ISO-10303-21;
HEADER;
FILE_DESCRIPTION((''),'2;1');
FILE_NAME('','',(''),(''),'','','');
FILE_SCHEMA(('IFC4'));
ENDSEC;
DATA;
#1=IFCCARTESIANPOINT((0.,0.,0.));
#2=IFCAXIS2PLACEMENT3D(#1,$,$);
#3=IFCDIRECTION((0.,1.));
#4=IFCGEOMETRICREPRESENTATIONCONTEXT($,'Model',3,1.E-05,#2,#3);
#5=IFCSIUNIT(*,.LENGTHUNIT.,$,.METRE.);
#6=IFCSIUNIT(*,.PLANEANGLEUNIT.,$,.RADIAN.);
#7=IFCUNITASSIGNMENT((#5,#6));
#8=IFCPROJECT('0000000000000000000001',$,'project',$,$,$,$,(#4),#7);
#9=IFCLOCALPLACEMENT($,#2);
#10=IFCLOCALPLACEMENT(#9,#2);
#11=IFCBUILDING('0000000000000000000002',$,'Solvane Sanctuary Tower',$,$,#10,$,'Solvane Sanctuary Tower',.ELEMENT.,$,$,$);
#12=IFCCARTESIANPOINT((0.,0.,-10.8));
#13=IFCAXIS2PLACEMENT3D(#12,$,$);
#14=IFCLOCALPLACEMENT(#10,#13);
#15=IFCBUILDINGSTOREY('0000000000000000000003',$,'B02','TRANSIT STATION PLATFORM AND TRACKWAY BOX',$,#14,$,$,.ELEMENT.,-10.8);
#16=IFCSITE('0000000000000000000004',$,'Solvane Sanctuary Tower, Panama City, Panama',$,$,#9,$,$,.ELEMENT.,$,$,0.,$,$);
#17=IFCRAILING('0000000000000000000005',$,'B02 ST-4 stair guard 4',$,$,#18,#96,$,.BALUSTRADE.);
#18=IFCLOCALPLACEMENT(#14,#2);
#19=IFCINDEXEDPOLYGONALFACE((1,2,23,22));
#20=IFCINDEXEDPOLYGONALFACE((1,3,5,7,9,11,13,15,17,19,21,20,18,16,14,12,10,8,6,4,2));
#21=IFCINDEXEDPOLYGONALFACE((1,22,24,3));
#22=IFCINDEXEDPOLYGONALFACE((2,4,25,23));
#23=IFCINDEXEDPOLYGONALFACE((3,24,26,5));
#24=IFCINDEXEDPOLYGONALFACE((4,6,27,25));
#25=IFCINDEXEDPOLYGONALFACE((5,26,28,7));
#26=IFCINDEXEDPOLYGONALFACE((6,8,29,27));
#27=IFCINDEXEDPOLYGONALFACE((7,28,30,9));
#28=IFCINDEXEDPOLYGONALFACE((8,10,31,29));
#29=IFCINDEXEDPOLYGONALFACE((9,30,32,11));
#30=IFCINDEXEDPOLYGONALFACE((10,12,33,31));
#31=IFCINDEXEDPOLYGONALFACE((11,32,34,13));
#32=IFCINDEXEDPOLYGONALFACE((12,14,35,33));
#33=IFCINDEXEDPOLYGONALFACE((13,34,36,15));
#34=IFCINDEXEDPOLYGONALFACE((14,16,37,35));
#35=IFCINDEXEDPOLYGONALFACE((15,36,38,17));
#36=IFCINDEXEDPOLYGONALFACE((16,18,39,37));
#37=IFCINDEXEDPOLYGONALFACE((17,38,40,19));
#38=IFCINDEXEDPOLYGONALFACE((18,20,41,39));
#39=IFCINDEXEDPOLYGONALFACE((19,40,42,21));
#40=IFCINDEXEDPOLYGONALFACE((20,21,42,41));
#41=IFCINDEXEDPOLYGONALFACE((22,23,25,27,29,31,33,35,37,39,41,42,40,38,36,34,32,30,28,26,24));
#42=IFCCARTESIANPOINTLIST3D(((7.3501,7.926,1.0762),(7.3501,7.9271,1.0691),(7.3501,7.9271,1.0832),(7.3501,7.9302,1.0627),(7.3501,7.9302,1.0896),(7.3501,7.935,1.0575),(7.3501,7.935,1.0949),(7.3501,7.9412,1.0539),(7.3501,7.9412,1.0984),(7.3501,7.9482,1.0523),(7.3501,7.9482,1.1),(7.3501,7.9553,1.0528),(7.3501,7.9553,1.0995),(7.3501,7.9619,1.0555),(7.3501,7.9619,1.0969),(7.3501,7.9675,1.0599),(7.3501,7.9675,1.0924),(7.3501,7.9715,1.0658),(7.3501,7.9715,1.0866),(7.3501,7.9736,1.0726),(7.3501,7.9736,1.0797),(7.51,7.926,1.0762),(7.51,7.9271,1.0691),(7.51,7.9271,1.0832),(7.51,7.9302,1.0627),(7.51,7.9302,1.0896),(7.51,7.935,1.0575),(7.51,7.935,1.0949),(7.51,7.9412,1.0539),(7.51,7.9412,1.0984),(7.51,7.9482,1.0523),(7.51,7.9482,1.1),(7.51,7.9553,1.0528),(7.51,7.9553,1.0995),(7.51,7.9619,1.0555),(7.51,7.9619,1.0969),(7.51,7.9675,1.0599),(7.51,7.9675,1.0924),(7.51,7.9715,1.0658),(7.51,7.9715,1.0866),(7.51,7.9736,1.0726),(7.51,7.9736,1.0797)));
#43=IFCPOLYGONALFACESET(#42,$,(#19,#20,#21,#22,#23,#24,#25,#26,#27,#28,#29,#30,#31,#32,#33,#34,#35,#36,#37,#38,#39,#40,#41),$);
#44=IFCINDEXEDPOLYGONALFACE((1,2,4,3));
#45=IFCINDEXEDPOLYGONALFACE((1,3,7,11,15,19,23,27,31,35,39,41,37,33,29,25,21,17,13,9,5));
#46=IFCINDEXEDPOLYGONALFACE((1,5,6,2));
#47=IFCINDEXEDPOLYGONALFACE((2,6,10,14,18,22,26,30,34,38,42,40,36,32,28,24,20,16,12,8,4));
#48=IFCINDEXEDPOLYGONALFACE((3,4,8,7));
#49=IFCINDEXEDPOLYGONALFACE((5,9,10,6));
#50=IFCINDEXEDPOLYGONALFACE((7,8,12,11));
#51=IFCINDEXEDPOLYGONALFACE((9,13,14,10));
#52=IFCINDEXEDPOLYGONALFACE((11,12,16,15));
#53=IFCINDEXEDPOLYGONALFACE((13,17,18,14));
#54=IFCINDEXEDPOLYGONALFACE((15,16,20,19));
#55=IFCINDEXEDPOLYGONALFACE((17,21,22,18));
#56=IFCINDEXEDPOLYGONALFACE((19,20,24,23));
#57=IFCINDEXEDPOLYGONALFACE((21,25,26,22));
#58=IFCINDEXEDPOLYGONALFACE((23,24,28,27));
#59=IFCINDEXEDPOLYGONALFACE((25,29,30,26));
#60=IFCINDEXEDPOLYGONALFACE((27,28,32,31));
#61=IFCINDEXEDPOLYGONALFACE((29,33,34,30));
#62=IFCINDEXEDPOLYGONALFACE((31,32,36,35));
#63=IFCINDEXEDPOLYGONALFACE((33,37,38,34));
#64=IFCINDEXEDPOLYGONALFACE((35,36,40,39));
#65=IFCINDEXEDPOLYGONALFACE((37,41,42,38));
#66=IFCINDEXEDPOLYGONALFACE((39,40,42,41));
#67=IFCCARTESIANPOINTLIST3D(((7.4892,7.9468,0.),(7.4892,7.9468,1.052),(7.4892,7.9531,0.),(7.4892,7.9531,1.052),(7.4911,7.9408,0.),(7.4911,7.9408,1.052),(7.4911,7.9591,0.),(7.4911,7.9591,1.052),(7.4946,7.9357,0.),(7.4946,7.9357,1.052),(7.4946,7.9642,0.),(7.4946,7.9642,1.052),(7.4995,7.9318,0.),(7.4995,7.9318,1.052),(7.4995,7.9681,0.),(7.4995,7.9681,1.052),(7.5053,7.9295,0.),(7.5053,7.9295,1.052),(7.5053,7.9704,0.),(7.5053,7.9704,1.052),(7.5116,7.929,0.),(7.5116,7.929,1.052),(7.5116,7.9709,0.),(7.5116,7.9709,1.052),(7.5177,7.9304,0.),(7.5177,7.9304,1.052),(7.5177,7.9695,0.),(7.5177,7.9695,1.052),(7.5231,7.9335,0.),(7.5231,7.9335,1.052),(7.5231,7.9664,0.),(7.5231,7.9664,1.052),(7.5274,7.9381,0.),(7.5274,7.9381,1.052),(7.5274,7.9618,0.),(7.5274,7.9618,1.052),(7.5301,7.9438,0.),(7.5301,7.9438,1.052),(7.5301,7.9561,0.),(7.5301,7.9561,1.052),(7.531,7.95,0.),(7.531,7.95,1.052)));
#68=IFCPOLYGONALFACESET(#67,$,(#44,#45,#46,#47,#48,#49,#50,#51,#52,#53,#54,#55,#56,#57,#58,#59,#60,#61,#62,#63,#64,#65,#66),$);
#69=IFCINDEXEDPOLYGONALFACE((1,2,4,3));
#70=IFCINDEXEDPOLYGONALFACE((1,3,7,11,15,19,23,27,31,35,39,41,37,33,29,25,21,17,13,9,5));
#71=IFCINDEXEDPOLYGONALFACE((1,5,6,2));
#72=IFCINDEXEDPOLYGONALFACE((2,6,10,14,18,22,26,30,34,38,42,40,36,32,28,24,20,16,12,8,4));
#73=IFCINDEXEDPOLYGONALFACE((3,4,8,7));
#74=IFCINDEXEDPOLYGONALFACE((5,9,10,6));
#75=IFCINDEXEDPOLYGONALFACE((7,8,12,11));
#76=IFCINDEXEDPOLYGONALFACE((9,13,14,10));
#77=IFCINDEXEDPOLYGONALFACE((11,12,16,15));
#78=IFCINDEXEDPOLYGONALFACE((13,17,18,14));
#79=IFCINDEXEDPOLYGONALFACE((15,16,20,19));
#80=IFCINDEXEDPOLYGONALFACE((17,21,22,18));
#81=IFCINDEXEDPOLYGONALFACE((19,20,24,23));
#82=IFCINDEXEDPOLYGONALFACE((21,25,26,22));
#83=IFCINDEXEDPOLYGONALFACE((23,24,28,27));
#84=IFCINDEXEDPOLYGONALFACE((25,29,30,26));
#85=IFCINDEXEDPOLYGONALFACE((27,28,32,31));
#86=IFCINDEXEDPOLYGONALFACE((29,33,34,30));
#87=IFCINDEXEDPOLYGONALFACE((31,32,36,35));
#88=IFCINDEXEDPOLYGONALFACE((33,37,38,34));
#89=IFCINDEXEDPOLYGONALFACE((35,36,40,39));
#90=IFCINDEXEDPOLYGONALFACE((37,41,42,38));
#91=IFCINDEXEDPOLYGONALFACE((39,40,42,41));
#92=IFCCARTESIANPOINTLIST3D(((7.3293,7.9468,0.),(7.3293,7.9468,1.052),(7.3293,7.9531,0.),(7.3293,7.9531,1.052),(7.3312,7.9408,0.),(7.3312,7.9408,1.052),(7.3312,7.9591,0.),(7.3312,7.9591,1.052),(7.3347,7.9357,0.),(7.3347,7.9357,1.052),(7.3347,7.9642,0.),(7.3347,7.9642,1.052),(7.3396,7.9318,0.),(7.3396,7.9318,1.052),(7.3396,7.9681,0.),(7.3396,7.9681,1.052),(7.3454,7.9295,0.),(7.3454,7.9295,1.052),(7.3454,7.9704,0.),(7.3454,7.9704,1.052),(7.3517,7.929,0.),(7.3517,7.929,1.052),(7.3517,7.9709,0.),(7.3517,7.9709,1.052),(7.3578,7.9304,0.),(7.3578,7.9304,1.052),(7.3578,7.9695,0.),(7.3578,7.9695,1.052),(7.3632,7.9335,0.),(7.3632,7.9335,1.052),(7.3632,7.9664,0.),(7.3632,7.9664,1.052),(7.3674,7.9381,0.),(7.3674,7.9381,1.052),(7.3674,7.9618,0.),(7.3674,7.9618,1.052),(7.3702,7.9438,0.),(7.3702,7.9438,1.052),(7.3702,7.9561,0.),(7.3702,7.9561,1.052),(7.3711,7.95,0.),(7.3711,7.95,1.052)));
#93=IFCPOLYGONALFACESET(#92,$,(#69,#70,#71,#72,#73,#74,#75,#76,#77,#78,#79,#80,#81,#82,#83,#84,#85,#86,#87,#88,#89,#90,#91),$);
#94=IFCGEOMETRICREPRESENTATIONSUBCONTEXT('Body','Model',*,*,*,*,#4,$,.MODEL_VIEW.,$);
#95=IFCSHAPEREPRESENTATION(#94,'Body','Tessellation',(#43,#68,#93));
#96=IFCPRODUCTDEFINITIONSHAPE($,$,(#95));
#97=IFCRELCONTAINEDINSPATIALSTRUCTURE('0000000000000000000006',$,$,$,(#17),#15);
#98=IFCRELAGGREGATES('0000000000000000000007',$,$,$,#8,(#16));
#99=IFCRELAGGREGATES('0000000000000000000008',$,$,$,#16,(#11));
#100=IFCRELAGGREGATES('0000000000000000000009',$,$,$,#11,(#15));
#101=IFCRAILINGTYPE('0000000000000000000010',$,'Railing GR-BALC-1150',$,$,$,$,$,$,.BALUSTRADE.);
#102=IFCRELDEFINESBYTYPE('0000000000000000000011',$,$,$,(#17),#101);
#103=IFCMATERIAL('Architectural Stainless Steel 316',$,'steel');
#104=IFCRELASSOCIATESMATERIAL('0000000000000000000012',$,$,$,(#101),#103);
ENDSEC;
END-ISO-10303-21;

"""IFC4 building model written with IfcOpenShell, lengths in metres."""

from ifc_helpers import new_model, si_unit, direction, frame, origin, origin_2d, place, context, subcontext, project, spatial, circle, extrude, material, type_object, element, save


model = new_model("IFC4")

# Units and contexts
model_context = context("Model", 3, precision=1e-05, world=origin(), true_north=direction((0.0, 1.0)))
body_context = subcontext(model_context, "Body", "Model", "MODEL_VIEW")
ifc_project = project(units=[si_unit("LENGTHUNIT", "METRE"), si_unit("PLANEANGLEUNIT", "RADIAN")], contexts=[model_context])

# Site, building, storey
site_placement = place(None, origin())
site = spatial("IfcSite", under=ifc_project, at=site_placement, Name="Solvane Sanctuary Tower, Panama City, Panama", CompositionType="ELEMENT", RefElevation=0.0)
building_placement = place(site_placement, origin())
building = spatial("IfcBuilding", under=site, at=building_placement, Name="Solvane Sanctuary Tower", LongName="Solvane Sanctuary Tower", CompositionType="ELEMENT")
storey_placement = place(building_placement, frame((0.0, 0.0, -10.8)))
storey = spatial("IfcBuildingStorey", under=building, at=storey_placement, Name="B02", Description="TRANSIT STATION PLATFORM AND TRACKWAY BOX", CompositionType="ELEMENT", Elevation=-10.8)

# Shared definitions
ifc_material_1 = material(Name="Architectural Stainless Steel 316", Category="steel")

# Railing
railing_type_1 = type_object("IfcRailingType", Name="Railing GR-BALC-1150", PredefinedType="BALUSTRADE", material=ifc_material_1)
railing_1_placement = place(storey_placement, frame((7.51, 7.95, 0.0)))
element("IfcRailing", 1, at=railing_1_placement, inside=storey, type_object=railing_type_1, Name="B02 ST-4 stair guard 4", PredefinedType="BALUSTRADE", context=body_context, shape_type="SweptSolid", body=[
    extrude(circle(Radius=0.0239, at=origin_2d()), frame((0.0, 0.0, 1.0762), z_axis=(-1.0, 0.0, 0.0), x_axis=(0.0, -1.0, 0.0)), (0.0, 0.0, 1.0), 0.1599),
    extrude(circle(Radius=0.021, at=origin_2d()), origin(), (0.0, 0.0, 1.0), 1.052),
    extrude(circle(Radius=0.021, at=origin_2d()), frame((-0.1599, 0.0, 0.0)), (0.0, 0.0, 1.0), 1.052),
])

save(model, "model.ifc")
